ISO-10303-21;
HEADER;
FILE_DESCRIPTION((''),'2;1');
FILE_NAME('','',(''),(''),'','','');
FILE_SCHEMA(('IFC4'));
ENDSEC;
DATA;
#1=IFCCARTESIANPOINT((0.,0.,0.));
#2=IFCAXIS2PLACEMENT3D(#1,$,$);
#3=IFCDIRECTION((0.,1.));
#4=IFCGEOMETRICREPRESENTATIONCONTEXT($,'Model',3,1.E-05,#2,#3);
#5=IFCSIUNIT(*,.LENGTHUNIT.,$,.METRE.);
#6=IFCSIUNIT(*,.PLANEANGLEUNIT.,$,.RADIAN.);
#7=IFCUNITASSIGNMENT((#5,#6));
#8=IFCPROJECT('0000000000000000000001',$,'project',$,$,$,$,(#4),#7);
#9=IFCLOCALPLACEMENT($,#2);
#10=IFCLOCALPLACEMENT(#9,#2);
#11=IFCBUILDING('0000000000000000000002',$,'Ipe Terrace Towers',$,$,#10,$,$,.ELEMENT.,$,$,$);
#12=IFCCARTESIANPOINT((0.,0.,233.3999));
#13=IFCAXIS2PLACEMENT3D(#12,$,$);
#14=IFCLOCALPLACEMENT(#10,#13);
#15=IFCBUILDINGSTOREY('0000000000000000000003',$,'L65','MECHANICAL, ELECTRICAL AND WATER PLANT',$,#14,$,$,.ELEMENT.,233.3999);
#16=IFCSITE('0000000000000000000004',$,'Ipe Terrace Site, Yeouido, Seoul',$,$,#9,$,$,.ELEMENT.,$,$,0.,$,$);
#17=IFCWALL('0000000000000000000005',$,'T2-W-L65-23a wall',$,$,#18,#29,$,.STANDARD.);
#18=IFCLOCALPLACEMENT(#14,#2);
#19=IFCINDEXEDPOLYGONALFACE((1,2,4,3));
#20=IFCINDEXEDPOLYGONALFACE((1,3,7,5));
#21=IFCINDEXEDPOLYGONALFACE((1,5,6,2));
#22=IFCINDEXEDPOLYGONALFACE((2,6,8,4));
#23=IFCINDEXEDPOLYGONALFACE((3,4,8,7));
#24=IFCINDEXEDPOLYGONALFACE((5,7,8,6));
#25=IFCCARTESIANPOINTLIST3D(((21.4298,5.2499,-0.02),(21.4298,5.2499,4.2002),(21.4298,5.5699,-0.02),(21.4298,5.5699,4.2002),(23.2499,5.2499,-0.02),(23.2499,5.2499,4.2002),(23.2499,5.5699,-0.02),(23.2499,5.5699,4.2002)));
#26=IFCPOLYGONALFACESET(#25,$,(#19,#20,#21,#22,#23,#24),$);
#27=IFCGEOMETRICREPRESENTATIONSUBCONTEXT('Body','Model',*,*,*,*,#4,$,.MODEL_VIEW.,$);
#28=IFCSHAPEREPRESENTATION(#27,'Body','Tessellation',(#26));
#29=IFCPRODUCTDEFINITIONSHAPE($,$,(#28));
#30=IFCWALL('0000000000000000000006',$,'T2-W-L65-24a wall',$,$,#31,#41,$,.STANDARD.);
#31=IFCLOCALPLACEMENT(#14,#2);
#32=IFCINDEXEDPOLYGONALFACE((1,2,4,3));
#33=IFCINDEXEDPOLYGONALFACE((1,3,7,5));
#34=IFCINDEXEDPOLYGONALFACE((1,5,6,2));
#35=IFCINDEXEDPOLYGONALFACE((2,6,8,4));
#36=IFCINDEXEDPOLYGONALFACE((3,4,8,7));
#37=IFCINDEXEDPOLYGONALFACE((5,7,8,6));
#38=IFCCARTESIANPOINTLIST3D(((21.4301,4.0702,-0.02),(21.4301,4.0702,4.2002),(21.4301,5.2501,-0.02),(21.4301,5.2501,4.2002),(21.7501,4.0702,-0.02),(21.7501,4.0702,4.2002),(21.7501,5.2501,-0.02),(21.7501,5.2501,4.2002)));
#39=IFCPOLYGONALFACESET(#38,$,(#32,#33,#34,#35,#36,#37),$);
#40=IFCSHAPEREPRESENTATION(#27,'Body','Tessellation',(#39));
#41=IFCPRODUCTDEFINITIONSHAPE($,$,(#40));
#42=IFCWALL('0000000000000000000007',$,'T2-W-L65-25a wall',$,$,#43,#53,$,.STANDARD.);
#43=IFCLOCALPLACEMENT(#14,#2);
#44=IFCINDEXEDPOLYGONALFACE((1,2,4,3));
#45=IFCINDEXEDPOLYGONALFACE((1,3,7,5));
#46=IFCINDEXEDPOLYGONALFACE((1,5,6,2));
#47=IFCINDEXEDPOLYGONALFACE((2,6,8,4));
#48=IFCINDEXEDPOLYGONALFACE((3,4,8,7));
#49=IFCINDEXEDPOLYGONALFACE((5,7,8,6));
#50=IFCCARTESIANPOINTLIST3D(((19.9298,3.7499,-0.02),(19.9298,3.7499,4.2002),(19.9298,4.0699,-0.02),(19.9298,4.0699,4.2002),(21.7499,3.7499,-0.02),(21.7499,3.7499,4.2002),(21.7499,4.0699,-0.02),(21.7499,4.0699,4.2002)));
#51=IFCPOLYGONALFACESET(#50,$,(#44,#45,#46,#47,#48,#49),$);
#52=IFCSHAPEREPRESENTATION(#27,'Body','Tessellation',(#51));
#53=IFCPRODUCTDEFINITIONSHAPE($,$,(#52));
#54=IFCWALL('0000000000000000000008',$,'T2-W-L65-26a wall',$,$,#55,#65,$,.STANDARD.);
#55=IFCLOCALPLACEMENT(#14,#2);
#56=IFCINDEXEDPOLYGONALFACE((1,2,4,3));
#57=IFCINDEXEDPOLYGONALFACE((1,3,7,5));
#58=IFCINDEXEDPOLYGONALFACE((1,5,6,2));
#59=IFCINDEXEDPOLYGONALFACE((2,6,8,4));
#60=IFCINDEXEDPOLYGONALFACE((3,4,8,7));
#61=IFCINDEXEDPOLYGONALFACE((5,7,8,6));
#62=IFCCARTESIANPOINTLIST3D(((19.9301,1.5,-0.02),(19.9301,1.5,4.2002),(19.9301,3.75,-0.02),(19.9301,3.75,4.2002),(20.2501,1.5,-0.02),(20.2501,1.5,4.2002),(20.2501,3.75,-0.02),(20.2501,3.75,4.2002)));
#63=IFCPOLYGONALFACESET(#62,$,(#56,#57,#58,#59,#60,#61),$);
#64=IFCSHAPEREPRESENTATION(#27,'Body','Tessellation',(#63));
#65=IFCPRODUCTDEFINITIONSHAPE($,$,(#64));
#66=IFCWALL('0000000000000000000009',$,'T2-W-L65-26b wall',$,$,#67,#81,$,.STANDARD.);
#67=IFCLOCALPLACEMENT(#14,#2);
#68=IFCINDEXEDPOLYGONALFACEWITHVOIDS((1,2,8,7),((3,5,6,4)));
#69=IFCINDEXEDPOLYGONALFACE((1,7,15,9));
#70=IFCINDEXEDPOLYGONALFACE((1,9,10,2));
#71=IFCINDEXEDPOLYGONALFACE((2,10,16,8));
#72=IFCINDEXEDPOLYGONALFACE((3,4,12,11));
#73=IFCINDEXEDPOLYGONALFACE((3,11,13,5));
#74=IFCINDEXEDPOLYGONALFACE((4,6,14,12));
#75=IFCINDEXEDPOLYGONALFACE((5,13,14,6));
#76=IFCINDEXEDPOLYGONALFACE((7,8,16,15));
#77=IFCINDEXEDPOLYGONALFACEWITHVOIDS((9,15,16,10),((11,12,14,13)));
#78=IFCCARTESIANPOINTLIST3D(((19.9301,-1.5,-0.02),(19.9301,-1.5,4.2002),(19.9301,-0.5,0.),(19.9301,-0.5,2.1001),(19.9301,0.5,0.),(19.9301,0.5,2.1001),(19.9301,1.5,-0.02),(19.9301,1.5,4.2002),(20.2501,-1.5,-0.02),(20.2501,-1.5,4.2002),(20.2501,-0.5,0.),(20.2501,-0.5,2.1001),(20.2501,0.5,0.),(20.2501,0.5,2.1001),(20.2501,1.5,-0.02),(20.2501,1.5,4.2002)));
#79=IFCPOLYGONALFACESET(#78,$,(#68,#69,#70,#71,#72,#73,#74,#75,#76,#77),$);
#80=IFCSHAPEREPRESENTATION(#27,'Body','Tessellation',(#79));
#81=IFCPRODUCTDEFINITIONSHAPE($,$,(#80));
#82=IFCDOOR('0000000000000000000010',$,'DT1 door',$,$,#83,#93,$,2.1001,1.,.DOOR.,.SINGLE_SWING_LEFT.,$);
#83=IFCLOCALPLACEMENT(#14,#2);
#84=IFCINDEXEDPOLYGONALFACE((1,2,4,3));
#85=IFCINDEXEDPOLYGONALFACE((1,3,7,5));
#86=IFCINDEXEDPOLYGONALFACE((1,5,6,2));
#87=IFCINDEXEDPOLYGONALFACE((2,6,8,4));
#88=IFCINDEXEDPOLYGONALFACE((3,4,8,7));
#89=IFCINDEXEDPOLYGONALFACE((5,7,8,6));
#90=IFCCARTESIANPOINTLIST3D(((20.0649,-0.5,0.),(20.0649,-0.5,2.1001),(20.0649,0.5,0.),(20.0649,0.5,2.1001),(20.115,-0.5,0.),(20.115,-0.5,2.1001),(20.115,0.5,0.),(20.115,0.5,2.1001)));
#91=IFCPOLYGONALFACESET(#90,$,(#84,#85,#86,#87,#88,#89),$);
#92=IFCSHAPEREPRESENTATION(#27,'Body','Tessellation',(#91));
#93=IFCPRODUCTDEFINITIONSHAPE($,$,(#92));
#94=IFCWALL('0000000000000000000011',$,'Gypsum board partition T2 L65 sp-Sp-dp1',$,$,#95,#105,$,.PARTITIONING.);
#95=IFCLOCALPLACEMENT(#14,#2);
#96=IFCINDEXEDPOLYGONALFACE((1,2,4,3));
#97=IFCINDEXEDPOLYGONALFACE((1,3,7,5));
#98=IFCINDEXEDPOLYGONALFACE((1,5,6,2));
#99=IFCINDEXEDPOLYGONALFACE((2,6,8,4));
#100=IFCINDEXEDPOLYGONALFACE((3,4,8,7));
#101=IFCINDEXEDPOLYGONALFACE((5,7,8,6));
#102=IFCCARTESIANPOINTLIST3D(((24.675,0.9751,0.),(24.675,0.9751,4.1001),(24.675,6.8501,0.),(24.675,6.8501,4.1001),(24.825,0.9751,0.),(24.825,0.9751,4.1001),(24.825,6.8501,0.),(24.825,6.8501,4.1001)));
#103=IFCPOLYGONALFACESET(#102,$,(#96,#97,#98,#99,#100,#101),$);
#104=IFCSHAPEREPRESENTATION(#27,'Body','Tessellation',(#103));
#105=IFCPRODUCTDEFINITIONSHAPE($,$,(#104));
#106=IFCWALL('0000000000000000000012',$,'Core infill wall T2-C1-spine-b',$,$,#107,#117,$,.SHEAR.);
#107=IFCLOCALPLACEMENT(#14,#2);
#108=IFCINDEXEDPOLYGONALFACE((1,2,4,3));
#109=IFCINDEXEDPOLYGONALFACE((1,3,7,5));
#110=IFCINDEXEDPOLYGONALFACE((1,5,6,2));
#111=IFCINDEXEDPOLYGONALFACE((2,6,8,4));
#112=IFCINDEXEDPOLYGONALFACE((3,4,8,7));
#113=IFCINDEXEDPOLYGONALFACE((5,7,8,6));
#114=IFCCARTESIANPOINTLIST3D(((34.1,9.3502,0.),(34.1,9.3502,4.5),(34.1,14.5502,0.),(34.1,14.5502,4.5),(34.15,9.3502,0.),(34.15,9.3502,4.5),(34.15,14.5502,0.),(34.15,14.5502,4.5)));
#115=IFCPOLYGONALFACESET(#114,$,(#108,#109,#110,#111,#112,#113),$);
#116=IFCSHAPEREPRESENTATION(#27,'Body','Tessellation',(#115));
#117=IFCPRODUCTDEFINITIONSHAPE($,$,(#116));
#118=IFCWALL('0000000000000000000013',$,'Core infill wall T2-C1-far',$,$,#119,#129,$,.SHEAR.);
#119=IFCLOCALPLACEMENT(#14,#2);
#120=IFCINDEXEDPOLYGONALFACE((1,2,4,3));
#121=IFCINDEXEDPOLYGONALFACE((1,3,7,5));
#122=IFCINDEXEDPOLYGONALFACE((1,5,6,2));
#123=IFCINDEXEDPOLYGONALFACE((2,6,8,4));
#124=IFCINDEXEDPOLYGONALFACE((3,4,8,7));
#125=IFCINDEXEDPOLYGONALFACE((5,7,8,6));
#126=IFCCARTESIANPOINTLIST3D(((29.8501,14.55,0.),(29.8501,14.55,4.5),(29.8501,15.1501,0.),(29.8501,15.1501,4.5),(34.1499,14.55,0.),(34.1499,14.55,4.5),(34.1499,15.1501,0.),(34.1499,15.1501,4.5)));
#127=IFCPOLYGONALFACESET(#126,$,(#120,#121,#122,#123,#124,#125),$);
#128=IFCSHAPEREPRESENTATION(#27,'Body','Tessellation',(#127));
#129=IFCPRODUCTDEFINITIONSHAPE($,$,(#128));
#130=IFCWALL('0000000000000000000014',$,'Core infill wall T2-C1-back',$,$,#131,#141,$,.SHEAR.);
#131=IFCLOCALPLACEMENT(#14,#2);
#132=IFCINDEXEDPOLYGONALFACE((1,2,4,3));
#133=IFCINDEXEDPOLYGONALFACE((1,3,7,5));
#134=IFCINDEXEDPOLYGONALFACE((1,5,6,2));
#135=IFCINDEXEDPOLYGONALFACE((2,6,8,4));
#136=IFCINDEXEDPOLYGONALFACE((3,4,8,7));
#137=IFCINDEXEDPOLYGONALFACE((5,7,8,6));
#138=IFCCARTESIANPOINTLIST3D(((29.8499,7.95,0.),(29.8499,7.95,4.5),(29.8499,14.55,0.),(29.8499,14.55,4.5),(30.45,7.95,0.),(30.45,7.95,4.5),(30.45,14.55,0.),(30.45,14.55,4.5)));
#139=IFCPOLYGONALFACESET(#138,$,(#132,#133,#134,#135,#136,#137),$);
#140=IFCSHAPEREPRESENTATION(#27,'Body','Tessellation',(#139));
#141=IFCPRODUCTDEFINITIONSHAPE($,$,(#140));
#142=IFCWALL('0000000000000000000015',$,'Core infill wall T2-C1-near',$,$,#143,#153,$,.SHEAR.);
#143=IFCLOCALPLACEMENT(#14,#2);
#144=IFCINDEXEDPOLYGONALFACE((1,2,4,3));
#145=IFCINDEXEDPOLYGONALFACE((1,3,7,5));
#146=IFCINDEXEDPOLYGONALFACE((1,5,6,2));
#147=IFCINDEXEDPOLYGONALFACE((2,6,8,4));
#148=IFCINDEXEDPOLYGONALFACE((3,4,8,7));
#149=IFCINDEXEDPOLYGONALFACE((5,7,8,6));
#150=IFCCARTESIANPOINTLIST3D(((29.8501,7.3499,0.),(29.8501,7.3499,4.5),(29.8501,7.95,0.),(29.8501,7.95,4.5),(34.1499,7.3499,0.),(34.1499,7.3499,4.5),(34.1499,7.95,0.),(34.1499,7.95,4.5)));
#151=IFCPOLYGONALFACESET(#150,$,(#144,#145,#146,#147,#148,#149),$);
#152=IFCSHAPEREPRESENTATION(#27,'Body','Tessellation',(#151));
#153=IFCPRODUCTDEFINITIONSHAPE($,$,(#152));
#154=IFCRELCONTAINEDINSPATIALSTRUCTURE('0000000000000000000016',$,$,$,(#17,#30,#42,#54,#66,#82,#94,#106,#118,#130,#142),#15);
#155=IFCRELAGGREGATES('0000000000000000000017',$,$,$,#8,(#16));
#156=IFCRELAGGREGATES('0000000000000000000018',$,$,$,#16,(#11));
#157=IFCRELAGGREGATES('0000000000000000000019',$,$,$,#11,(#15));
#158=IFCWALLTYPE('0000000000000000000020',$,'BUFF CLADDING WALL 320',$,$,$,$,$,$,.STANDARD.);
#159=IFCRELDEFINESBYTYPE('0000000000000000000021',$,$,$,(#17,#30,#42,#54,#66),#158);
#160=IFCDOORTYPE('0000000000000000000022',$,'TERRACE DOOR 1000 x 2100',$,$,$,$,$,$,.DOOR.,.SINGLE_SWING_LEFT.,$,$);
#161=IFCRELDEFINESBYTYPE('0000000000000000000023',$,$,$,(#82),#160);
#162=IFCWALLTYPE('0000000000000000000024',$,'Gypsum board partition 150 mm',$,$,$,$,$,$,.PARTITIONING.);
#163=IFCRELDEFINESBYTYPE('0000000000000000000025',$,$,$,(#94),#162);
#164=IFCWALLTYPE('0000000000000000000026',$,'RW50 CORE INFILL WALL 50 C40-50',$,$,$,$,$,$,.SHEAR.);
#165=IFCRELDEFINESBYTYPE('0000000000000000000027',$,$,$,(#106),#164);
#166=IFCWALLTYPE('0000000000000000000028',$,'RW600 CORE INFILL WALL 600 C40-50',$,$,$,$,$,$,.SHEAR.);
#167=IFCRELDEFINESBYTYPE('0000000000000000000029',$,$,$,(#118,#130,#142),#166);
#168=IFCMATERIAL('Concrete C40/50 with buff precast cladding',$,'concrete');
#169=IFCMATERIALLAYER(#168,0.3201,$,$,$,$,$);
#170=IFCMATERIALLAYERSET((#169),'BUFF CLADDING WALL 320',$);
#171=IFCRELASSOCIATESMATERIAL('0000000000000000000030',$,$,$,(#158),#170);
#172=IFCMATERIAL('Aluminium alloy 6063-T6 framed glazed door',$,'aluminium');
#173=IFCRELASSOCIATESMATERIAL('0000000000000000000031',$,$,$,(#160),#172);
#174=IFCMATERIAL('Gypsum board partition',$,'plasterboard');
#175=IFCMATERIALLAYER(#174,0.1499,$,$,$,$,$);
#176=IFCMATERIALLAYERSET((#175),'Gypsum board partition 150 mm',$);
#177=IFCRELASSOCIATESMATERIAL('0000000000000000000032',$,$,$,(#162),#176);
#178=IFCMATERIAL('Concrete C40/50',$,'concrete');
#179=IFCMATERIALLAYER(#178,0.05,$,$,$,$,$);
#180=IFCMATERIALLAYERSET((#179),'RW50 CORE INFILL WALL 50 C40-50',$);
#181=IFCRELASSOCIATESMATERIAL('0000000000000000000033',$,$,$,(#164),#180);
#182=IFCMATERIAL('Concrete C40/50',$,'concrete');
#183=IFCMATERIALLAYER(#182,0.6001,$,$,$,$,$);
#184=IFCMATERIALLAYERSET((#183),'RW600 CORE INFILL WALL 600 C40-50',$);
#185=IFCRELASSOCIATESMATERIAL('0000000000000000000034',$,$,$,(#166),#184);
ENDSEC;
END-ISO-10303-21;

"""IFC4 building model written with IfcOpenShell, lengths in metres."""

from ifc_helpers import new_model, si_unit, direction, frame, frame_2d, origin, place, context, subcontext, project, spatial, rectangle, extrude, material, layer, layer_set, type_object, element, fill, save


model = new_model("IFC4")

# Units and contexts
model_context = context("Model", 3, precision=1e-05, world=origin(), true_north=direction((0.0, 1.0)))
body_context = subcontext(model_context, "Body", "Model", "MODEL_VIEW")
ifc_project = project(units=[si_unit("LENGTHUNIT", "METRE"), si_unit("PLANEANGLEUNIT", "RADIAN")], contexts=[model_context])

# Site, building, storey
site_placement = place(None, origin())
site = spatial("IfcSite", under=ifc_project, at=site_placement, Name="Ipe Terrace Site, Yeouido, Seoul", CompositionType="ELEMENT", RefElevation=0.0)
building_placement = place(site_placement, origin())
building = spatial("IfcBuilding", under=site, at=building_placement, Name="Ipe Terrace Towers", CompositionType="ELEMENT")
storey_placement = place(building_placement, frame((0.0, 0.0, 233.3999)))
storey = spatial("IfcBuildingStorey", under=building, at=storey_placement, Name="L65", Description="MECHANICAL, ELECTRICAL AND WATER PLANT", CompositionType="ELEMENT", Elevation=233.3999)

# Walls
ifc_material_1 = material(Name="Concrete C40/50 with buff precast cladding", Category="concrete")
ifc_layer_1 = layer(ifc_material_1, 0.3201)
ifc_layer_set_1 = layer_set([ifc_layer_1], Name="BUFF CLADDING WALL 320")
wall_type_1 = type_object("IfcWallType", Name="BUFF CLADDING WALL 320", PredefinedType="STANDARD", material=ifc_layer_set_1)
wall_1_placement = place(storey_placement, frame((23.25, 5.4099, -0.02), z_axis=(0.0, 0.0, 1.0), x_axis=(-1.0, 0.0, 0.0)))
element("IfcWall", 1, at=wall_1_placement, inside=storey, type_object=wall_type_1, Name="T2-W-L65-23a wall", PredefinedType="STANDARD", context=body_context, shape_type="SweptSolid", body=[
    extrude(rectangle(XDim=1.8201, YDim=0.3201, at=frame_2d((0.9102, 0.0))), origin(), (0.0, 0.0, 1.0), 4.2202),
])
wall_2_placement = place(storey_placement, frame((21.5901, 5.25, -0.02), z_axis=(0.0, 0.0, 1.0), x_axis=(0.0, -1.0, 0.0)))
element("IfcWall", 2, at=wall_2_placement, inside=storey, type_object=wall_type_1, Name="T2-W-L65-24a wall", PredefinedType="STANDARD", context=body_context, shape_type="SweptSolid", body=[
    extrude(rectangle(XDim=1.1799, YDim=0.3201, at=frame_2d((0.5898, 0.0))), origin(), (0.0, 0.0, 1.0), 4.2202),
])
wall_3_placement = place(storey_placement, frame((21.75, 3.9099, -0.02), z_axis=(0.0, 0.0, 1.0), x_axis=(-1.0, 0.0, 0.0)))
element("IfcWall", 3, at=wall_3_placement, inside=storey, type_object=wall_type_1, Name="T2-W-L65-25a wall", PredefinedType="STANDARD", context=body_context, shape_type="SweptSolid", body=[
    extrude(rectangle(XDim=1.8201, YDim=0.3201, at=frame_2d((0.9102, 0.0))), origin(), (0.0, 0.0, 1.0), 4.2202),
])
wall_4_placement = place(storey_placement, frame((20.0901, 3.75, -0.02), z_axis=(0.0, 0.0, 1.0), x_axis=(0.0, -1.0, 0.0)))
element("IfcWall", 4, at=wall_4_placement, inside=storey, type_object=wall_type_1, Name="T2-W-L65-26a wall", PredefinedType="STANDARD", context=body_context, shape_type="SweptSolid", body=[
    extrude(rectangle(XDim=2.25, YDim=0.3201, at=frame_2d((1.125, 0.0))), origin(), (0.0, 0.0, 1.0), 4.2202),
])

# Wall, opening, door
wall_5_placement = place(storey_placement, frame((20.0901, 1.5, -0.02), z_axis=(0.0, 0.0, 1.0), x_axis=(0.0, -1.0, 0.0)))
wall_5 = element("IfcWall", 5, at=wall_5_placement, inside=storey, type_object=wall_type_1, Name="T2-W-L65-26b wall", PredefinedType="STANDARD", context=body_context, shape_type="SweptSolid", body=[
    extrude(rectangle(XDim=3.0, YDim=0.3201, at=frame_2d((1.5, 0.0))), origin(), (0.0, 0.0, 1.0), 4.2202),
])
opening_1_placement = place(wall_5_placement, frame((1.0, 0.0, 0.02)))
opening_1 = element("IfcOpeningElement", 6, at=opening_1_placement, cuts=wall_5, PredefinedType="OPENING", context=body_context, shape_type="SweptSolid", body=[
    extrude(rectangle(XDim=1.0, YDim=2.1001, at=frame_2d((0.5, 1.05))), frame((0.0, 0.1699, 0.0), z_axis=(0.0, -1.0, 0.0), x_axis=(1.0, 0.0, 0.0)), (0.0, 0.0, 1.0), 0.3401),
])
ifc_material_2 = material(Name="Aluminium alloy 6063-T6 framed glazed door", Category="aluminium")
door_type_1 = type_object("IfcDoorType", Name="TERRACE DOOR 1000 x 2100", OperationType="SINGLE_SWING_LEFT", PredefinedType="DOOR", material=ifc_material_2)
door_1_placement = place(opening_1_placement, origin())
door_1 = element("IfcDoor", 7, at=door_1_placement, inside=storey, type_object=door_type_1, Name="DT1 door", OperationType="SINGLE_SWING_LEFT", OverallHeight=2.1001, OverallWidth=1.0, PredefinedType="DOOR", context=body_context, shape_type="SweptSolid", body=[
    extrude(rectangle(XDim=1.0, YDim=2.1001, at=frame_2d((0.5, 1.05))), frame((0.0, 0.0249, 0.0), z_axis=(0.0, -1.0, 0.0), x_axis=(1.0, 0.0, 0.0)), (0.0, 0.0, 1.0), 0.05),
])
fill(opening_1, door_1)

# Walls
ifc_material_3 = material(Name="Gypsum board partition", Category="plasterboard")
ifc_layer_2 = layer(ifc_material_3, 0.1499)
ifc_layer_set_2 = layer_set([ifc_layer_2], Name="Gypsum board partition 150 mm")
wall_type_2 = type_object("IfcWallType", Name="Gypsum board partition 150 mm", PredefinedType="PARTITIONING", material=ifc_layer_set_2)
wall_6_placement = place(storey_placement, frame((24.75, 0.9751, 0.0), z_axis=(0.0, 0.0, 1.0), x_axis=(0.0, 1.0, 0.0)))
element("IfcWall", 8, at=wall_6_placement, inside=storey, type_object=wall_type_2, Name="Gypsum board partition T2 L65 sp-Sp-dp1", PredefinedType="PARTITIONING", context=body_context, shape_type="SweptSolid", body=[
    extrude(rectangle(XDim=5.875, YDim=0.1499, at=frame_2d((2.9375, 0.0))), origin(), (0.0, 0.0, 1.0), 4.1001),
])
ifc_material_4 = material(Name="Concrete C40/50", Category="concrete")
ifc_layer_3 = layer(ifc_material_4, 0.05)
ifc_layer_set_3 = layer_set([ifc_layer_3], Name="RW50 CORE INFILL WALL 50 C40-50")
wall_type_3 = type_object("IfcWallType", Name="RW50 CORE INFILL WALL 50 C40-50", PredefinedType="SHEAR", material=ifc_layer_set_3)
wall_7_placement = place(storey_placement, frame((34.125, 9.3501, 0.0), z_axis=(0.0, 0.0, 1.0), x_axis=(0.0, 1.0, 0.0)))
element("IfcWall", 9, at=wall_7_placement, inside=storey, type_object=wall_type_3, Name="Core infill wall T2-C1-spine-b", PredefinedType="SHEAR", context=body_context, shape_type="SweptSolid", body=[
    extrude(rectangle(XDim=5.2, YDim=0.05, at=frame_2d((2.6001, 0.0))), origin(), (0.0, 0.0, 1.0), 4.5),
])
ifc_material_5 = material(Name="Concrete C40/50", Category="concrete")
ifc_layer_4 = layer(ifc_material_5, 0.6001)
ifc_layer_set_4 = layer_set([ifc_layer_4], Name="RW600 CORE INFILL WALL 600 C40-50")
wall_type_4 = type_object("IfcWallType", Name="RW600 CORE INFILL WALL 600 C40-50", PredefinedType="SHEAR", material=ifc_layer_set_4)
wall_8_placement = place(storey_placement, frame((34.1499, 14.8501, 0.0), z_axis=(0.0, 0.0, 1.0), x_axis=(-1.0, 0.0, 0.0)))
element("IfcWall", 10, at=wall_8_placement, inside=storey, type_object=wall_type_4, Name="Core infill wall T2-C1-far", PredefinedType="SHEAR", context=body_context, shape_type="SweptSolid", body=[
    extrude(rectangle(XDim=4.2998, YDim=0.6001, at=frame_2d((2.1499, 0.0))), origin(), (0.0, 0.0, 1.0), 4.5),
])
wall_9_placement = place(storey_placement, frame((30.1499, 7.95, 0.0), z_axis=(0.0, 0.0, 1.0), x_axis=(0.0, 1.0, 0.0)))
element("IfcWall", 11, at=wall_9_placement, inside=storey, type_object=wall_type_4, Name="Core infill wall T2-C1-back", PredefinedType="SHEAR", context=body_context, shape_type="SweptSolid", body=[
    extrude(rectangle(XDim=6.6001, YDim=0.6001, at=frame_2d((3.3, 0.0))), origin(), (0.0, 0.0, 1.0), 4.5),
])
wall_10_placement = place(storey_placement, frame((34.1499, 7.6499, 0.0), z_axis=(0.0, 0.0, 1.0), x_axis=(-1.0, 0.0, 0.0)))
element("IfcWall", 12, at=wall_10_placement, inside=storey, type_object=wall_type_4, Name="Core infill wall T2-C1-near", PredefinedType="SHEAR", context=body_context, shape_type="SweptSolid", body=[
    extrude(rectangle(XDim=4.2998, YDim=0.6001, at=frame_2d((2.1499, 0.0))), origin(), (0.0, 0.0, 1.0), 4.5),
])

save(model, "model.ifc")
